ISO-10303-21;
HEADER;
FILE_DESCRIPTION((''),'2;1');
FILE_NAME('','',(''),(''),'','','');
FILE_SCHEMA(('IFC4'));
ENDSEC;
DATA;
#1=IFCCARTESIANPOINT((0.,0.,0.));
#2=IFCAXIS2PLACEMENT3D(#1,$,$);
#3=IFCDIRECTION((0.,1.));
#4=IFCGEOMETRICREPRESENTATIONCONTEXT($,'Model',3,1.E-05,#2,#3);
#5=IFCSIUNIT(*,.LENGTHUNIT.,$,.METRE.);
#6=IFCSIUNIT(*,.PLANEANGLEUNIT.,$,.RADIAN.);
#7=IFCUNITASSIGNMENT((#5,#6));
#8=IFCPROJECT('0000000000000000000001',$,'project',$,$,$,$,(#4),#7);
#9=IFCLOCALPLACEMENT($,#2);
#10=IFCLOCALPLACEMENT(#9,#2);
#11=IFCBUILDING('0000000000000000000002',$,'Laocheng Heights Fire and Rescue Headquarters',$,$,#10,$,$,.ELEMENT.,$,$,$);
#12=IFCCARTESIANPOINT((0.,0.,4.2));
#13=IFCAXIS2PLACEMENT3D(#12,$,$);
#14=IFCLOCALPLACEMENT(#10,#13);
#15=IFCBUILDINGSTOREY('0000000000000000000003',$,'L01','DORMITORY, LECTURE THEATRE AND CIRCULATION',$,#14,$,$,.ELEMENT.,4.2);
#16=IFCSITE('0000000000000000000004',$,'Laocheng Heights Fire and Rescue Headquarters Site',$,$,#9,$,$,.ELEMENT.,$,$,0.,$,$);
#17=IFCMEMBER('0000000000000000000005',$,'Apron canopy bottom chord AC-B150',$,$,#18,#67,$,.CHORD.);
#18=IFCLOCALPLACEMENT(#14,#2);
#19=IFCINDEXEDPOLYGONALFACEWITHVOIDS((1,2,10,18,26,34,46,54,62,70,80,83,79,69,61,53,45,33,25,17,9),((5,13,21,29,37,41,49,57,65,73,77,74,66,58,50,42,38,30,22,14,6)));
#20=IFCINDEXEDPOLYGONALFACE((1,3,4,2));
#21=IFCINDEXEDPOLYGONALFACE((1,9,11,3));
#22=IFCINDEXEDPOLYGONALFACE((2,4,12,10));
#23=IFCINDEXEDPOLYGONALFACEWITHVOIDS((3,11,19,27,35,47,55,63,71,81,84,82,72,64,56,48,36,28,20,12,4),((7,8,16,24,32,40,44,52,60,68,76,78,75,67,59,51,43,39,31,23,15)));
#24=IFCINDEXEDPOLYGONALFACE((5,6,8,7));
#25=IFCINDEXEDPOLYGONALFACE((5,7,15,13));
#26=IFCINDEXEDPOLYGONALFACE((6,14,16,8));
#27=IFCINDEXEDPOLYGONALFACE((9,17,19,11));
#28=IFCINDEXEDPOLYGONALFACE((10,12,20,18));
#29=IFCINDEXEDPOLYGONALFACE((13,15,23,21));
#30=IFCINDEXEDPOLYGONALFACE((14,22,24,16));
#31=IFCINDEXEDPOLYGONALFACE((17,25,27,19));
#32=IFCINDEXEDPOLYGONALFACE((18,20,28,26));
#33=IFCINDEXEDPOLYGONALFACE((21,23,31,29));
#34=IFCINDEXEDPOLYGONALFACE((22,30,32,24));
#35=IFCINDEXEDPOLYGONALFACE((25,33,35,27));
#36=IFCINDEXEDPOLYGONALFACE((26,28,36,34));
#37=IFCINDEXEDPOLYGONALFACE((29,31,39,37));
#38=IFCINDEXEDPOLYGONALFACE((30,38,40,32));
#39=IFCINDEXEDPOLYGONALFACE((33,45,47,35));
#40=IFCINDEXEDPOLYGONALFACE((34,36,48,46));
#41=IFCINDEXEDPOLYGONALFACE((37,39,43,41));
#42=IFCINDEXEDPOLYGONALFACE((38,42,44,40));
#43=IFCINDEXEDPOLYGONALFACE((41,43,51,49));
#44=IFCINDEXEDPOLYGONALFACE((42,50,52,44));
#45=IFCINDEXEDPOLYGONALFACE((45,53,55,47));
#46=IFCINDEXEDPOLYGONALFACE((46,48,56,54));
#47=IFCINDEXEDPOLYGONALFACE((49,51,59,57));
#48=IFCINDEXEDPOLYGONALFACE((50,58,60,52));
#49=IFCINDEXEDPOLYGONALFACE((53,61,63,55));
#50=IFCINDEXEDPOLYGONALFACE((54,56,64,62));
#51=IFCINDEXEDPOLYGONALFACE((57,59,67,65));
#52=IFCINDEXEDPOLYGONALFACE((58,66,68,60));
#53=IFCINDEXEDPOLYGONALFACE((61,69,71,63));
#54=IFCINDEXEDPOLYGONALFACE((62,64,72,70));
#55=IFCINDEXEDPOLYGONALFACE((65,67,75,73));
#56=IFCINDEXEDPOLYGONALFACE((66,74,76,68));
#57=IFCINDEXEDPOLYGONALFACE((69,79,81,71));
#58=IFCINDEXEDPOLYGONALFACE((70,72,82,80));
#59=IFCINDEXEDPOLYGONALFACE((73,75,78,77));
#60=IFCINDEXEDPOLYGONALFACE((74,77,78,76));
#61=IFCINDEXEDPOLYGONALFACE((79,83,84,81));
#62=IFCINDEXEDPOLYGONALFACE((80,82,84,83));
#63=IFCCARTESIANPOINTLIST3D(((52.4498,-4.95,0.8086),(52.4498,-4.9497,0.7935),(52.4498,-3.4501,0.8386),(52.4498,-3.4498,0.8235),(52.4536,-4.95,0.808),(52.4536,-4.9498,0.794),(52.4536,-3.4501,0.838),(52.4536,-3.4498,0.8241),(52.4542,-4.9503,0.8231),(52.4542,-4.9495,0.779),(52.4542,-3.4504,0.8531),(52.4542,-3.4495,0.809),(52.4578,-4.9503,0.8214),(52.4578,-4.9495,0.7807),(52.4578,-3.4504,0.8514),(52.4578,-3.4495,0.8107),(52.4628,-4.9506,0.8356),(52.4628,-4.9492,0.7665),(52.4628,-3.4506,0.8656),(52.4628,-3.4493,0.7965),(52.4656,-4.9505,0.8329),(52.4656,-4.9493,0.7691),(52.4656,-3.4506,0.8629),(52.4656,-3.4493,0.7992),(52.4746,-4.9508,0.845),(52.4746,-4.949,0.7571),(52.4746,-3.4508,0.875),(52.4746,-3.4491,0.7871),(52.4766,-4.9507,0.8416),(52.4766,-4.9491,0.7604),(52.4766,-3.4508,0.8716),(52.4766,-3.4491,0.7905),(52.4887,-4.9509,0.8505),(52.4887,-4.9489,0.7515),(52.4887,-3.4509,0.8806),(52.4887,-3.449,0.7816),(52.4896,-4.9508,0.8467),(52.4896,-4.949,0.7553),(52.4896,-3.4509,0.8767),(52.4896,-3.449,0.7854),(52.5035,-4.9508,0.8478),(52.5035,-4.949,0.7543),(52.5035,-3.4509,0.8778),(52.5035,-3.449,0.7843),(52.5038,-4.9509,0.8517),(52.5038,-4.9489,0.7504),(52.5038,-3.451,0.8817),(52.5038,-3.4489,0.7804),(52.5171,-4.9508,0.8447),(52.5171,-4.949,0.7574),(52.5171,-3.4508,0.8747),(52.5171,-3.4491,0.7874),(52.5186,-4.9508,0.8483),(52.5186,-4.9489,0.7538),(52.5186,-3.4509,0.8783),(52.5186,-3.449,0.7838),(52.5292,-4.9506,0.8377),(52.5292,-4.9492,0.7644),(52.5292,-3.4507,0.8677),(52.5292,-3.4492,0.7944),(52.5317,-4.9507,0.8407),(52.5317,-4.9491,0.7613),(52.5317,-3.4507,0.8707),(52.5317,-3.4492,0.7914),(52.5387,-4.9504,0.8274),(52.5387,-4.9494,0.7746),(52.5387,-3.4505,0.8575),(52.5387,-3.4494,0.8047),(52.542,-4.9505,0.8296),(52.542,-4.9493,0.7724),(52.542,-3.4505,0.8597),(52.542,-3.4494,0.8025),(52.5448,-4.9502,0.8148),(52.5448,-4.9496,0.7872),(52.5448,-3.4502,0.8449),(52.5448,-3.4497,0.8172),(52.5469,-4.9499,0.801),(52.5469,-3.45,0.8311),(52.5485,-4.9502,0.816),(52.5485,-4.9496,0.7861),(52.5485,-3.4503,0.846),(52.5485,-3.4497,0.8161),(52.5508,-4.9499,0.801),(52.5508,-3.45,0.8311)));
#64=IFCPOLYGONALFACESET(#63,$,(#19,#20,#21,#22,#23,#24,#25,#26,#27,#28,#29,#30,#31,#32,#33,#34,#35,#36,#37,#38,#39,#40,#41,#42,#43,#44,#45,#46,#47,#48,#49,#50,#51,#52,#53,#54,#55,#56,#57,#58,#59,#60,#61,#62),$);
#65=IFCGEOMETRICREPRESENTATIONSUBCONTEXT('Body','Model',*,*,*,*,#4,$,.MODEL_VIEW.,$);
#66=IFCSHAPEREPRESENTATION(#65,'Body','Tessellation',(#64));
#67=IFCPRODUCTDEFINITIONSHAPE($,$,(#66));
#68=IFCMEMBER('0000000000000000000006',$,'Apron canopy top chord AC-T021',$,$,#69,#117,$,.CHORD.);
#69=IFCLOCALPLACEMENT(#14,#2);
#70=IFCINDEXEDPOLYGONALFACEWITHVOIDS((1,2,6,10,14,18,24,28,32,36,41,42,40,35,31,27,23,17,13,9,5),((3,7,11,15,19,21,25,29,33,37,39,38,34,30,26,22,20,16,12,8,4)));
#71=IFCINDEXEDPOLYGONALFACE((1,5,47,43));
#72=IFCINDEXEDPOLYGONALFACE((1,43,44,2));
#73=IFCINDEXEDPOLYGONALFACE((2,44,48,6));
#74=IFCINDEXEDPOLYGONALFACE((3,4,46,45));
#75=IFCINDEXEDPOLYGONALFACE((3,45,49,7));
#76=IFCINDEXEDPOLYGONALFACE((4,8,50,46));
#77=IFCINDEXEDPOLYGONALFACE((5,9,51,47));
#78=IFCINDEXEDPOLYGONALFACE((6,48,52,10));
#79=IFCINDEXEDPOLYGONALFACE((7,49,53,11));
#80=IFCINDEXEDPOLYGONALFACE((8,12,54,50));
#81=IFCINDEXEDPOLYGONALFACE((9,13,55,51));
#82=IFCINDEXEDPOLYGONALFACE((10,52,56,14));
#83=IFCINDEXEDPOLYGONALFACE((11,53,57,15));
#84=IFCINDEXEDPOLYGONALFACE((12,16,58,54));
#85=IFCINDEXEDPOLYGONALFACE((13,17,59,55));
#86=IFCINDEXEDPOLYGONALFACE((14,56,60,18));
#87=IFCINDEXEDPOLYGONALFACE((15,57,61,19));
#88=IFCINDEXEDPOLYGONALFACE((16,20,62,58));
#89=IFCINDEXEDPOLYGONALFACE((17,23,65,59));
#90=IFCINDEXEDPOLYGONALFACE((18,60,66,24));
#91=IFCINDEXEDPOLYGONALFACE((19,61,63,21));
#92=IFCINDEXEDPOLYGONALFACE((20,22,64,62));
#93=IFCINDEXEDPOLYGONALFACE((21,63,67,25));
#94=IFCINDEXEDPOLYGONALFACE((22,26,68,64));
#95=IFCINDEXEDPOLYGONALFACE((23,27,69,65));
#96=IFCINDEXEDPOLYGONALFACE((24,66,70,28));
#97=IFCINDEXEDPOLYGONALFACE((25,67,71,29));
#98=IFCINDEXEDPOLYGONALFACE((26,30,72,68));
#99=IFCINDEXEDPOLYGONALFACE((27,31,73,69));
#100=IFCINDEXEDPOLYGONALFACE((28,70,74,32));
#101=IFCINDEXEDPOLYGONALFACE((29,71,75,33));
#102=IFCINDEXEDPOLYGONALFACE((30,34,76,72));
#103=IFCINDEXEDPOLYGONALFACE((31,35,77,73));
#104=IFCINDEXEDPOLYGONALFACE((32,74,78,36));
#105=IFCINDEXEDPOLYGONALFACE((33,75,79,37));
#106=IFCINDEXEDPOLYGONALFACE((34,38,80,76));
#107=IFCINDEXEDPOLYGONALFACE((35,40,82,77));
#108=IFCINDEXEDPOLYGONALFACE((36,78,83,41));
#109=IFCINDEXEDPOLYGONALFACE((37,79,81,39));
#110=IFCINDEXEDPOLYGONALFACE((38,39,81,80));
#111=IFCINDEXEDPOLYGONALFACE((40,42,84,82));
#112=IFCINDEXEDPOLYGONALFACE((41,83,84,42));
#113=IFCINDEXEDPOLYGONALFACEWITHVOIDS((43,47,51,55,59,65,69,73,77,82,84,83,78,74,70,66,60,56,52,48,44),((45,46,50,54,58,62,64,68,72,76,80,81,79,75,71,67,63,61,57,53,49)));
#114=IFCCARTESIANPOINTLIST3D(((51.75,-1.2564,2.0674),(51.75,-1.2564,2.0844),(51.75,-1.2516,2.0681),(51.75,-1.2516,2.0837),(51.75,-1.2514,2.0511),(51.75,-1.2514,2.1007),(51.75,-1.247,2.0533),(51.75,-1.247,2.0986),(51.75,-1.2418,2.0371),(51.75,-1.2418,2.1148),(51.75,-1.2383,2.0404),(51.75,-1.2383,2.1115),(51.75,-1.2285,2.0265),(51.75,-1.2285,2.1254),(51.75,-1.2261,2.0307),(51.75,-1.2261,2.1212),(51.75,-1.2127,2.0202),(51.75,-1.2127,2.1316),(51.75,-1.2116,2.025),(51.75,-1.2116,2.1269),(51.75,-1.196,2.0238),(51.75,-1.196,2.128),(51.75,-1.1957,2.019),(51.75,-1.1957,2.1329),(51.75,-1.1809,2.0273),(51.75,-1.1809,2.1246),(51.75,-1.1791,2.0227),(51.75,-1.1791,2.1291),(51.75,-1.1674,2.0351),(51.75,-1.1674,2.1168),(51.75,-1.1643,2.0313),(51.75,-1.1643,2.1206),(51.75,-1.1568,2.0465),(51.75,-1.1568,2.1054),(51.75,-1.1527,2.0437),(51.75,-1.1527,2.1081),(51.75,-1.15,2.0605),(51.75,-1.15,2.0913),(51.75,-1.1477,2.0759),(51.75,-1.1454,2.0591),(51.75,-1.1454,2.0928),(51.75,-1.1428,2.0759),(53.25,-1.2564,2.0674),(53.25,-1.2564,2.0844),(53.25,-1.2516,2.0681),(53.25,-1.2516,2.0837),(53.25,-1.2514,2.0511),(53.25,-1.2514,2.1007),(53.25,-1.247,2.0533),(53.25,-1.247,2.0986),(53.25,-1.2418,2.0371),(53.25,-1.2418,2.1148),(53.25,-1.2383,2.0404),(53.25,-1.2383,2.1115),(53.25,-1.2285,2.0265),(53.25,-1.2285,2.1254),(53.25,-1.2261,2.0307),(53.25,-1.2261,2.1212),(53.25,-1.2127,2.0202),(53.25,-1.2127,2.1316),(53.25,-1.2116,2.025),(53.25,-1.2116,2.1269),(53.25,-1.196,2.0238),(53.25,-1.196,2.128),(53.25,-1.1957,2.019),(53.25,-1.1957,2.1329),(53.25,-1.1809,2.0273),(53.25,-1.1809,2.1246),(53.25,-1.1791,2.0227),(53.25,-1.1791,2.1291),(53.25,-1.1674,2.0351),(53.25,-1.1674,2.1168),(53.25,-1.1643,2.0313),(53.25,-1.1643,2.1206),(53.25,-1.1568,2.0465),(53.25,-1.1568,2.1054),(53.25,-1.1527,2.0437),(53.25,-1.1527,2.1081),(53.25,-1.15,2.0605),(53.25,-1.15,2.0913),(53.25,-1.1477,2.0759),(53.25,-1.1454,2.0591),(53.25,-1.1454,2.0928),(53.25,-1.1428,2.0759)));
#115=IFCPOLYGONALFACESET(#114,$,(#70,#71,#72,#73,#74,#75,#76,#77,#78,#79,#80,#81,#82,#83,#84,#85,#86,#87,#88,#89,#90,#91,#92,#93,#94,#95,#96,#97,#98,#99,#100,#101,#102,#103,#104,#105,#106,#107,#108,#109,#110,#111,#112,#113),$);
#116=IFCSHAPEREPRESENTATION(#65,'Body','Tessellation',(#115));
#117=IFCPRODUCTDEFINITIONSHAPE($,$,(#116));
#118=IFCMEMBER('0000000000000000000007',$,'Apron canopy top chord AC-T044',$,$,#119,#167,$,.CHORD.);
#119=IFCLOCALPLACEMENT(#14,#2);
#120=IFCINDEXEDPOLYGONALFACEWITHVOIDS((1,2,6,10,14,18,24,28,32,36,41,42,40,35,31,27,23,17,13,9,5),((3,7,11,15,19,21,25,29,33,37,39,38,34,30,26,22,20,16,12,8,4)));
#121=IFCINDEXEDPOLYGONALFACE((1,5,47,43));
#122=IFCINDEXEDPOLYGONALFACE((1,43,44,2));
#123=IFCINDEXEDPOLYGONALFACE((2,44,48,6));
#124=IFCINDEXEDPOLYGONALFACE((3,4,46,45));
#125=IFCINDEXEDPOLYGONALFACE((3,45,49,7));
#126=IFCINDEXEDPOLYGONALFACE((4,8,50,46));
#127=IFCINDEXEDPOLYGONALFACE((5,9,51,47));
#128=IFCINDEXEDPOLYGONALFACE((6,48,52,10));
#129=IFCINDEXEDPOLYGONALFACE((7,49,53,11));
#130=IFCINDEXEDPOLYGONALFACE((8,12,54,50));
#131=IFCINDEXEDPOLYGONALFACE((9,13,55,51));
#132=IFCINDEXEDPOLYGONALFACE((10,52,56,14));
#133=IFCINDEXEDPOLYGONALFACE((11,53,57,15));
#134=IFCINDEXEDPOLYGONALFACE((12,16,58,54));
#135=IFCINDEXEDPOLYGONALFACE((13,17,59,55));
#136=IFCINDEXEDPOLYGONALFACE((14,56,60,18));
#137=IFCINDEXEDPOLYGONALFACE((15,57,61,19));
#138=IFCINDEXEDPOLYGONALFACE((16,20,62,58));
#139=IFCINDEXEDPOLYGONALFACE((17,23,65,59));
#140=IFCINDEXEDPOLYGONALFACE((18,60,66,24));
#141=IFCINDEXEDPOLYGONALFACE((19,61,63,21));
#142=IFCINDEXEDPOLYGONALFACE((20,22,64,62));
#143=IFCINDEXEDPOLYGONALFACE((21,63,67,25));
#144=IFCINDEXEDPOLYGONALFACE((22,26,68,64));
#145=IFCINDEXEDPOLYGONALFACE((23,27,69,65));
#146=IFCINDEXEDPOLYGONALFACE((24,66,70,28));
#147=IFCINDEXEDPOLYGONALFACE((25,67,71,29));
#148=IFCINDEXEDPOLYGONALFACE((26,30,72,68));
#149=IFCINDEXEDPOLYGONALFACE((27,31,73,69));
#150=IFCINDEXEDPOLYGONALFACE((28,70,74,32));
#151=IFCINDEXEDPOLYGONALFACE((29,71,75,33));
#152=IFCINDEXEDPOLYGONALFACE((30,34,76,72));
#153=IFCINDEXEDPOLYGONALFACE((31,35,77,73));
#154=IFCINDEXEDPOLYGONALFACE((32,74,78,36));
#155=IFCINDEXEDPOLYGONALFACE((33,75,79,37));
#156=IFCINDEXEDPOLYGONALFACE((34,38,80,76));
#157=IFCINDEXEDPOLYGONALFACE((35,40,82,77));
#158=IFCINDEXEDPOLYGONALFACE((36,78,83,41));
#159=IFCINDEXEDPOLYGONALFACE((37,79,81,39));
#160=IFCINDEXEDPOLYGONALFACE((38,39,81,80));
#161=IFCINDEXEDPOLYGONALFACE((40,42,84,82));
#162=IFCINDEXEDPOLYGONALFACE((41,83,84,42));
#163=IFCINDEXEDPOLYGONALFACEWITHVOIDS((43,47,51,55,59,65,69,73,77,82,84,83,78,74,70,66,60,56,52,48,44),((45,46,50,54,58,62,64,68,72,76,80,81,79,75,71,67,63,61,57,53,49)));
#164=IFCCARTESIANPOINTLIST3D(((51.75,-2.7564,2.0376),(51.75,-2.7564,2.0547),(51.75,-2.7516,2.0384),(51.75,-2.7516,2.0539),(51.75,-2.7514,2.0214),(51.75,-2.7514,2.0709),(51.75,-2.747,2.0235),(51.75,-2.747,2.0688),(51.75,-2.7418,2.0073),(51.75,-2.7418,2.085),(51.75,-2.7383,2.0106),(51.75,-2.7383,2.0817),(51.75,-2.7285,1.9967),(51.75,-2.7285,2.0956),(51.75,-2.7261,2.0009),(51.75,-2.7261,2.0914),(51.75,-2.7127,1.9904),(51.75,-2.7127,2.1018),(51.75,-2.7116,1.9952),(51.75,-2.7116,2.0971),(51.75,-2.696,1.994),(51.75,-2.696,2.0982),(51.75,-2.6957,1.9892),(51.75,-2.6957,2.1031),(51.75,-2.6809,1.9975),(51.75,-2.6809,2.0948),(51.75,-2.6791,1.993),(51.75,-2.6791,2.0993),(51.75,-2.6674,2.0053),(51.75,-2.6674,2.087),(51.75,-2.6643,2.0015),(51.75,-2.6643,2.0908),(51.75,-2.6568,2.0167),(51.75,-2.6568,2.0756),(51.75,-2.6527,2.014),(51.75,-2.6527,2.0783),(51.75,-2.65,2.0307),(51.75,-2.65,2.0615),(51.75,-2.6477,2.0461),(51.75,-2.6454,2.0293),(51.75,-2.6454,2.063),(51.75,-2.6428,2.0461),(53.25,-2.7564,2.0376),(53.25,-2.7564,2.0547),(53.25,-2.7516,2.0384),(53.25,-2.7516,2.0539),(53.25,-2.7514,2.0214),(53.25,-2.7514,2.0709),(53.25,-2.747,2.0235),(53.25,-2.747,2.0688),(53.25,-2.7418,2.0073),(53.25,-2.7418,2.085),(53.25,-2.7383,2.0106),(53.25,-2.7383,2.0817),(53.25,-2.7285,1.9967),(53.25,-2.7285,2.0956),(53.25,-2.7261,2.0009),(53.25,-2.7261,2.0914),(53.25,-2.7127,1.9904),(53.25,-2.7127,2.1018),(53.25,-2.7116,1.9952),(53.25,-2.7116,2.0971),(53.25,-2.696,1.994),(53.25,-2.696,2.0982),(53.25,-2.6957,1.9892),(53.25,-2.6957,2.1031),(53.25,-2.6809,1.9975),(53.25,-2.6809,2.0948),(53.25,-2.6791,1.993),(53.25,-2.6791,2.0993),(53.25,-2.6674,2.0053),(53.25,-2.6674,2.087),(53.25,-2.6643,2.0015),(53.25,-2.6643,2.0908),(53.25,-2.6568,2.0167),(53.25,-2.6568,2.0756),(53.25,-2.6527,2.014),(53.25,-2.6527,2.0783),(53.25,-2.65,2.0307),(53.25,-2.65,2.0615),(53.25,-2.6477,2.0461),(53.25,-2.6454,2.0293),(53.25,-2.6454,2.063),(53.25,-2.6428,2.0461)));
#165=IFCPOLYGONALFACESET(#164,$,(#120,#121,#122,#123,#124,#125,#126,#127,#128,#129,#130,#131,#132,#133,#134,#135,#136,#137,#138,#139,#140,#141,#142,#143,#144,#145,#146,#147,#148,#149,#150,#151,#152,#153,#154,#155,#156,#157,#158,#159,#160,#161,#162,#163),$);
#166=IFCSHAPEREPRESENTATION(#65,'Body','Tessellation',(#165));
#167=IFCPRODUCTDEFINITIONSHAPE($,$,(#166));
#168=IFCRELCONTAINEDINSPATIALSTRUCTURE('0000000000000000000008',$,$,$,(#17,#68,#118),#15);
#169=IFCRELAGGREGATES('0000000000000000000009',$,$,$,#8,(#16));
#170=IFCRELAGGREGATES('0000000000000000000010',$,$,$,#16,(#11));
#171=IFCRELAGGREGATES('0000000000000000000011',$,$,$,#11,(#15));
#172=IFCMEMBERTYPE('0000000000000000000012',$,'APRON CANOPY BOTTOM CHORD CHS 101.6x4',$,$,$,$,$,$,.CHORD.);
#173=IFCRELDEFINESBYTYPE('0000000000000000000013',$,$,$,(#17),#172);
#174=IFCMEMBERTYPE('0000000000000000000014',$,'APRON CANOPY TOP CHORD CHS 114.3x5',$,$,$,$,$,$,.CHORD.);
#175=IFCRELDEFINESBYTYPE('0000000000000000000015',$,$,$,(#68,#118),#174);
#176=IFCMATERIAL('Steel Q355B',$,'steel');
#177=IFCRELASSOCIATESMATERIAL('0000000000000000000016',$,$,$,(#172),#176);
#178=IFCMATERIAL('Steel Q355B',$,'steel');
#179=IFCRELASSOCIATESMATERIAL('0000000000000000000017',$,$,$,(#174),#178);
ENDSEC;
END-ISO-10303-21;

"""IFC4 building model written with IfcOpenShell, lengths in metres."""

from ifc_helpers import new_model, si_unit, direction, frame, origin, origin_2d, place, context, subcontext, project, spatial, hollow_circle, extrude, material, material_profile, profile_set, type_object, element, save


model = new_model("IFC4")

# Units and contexts
model_context = context("Model", 3, precision=1e-05, world=origin(), true_north=direction((0.0, 1.0)))
body_context = subcontext(model_context, "Body", "Model", "MODEL_VIEW")
ifc_project = project(units=[si_unit("LENGTHUNIT", "METRE"), si_unit("PLANEANGLEUNIT", "RADIAN")], contexts=[model_context])

# Site, building, storey
site_placement = place(None, origin())
site = spatial("IfcSite", under=ifc_project, at=site_placement, Name="Laocheng Heights Fire and Rescue Headquarters Site", CompositionType="ELEMENT", RefElevation=0.0)
building_placement = place(site_placement, origin())
building = spatial("IfcBuilding", under=site, at=building_placement, Name="Laocheng Heights Fire and Rescue Headquarters", CompositionType="ELEMENT")
storey_placement = place(building_placement, frame((0.0, 0.0, 4.2)))
storey = spatial("IfcBuildingStorey", under=building, at=storey_placement, Name="L01", Description="DORMITORY, LECTURE THEATRE AND CIRCULATION", CompositionType="ELEMENT", Elevation=4.2)

# Members
ifc_material_1 = material(Name="Steel Q355B", Category="steel")
ifc_material_profile_1 = material_profile(ifc_material_1, hollow_circle(Radius=0.0508, WallThickness=0.0039, at=origin_2d()), Name="CHS 101.6x4")
ifc_profile_set_1 = profile_set([ifc_material_profile_1], Name="Steel Q355B")
member_type_1 = type_object("IfcMemberType", Name="APRON CANOPY BOTTOM CHORD CHS 101.6x4", PredefinedType="CHORD", material=ifc_profile_set_1)
for number, where, z_axis, x_axis, name in (
    (1, (52.5, -3.45, 0.8311), (0.0, -0.9998, -0.020016), (1.0, 0.0, 0.0), "Apron canopy bottom chord AC-B150"),
):
    element("IfcMember", number, at=place(storey_placement, frame(where, z_axis=z_axis, x_axis=x_axis)), inside=storey, type_object=member_type_1, Name=name, PredefinedType="CHORD", context=body_context, shape_type="SweptSolid", body=[
        extrude(hollow_circle(Radius=0.0508, WallThickness=0.0039, at=origin_2d()), origin(), (0.0, 0.0, 1.0), 1.5002),
    ])
ifc_material_2 = material(Name="Steel Q355B", Category="steel")
ifc_material_profile_2 = material_profile(ifc_material_2, hollow_circle(Radius=0.0571, WallThickness=0.0049, at=origin_2d()), Name="CHS 114.3x5")
ifc_profile_set_2 = profile_set([ifc_material_profile_2], Name="Steel Q355B")
member_type_2 = type_object("IfcMemberType", Name="APRON CANOPY TOP CHORD CHS 114.3x5", PredefinedType="CHORD", material=ifc_profile_set_2)
for number, where, z_axis, x_axis, name in (
    (2, (51.75, -1.2, 2.0759), (1.0, 0.0, 0.0), (0.0, 1.0, 0.0), "Apron canopy top chord AC-T021"),
    (3, (51.75, -2.7, 2.0461), (1.0, 0.0, 0.0), (0.0, 1.0, 0.0), "Apron canopy top chord AC-T044"),
):
    element("IfcMember", number, at=place(storey_placement, frame(where, z_axis=z_axis, x_axis=x_axis)), inside=storey, type_object=member_type_2, Name=name, PredefinedType="CHORD", context=body_context, shape_type="SweptSolid", body=[
        extrude(hollow_circle(Radius=0.0571, WallThickness=0.0049, at=origin_2d()), origin(), (0.0, 0.0, 1.0), 1.5),
    ])

save(model, "model.ifc")
